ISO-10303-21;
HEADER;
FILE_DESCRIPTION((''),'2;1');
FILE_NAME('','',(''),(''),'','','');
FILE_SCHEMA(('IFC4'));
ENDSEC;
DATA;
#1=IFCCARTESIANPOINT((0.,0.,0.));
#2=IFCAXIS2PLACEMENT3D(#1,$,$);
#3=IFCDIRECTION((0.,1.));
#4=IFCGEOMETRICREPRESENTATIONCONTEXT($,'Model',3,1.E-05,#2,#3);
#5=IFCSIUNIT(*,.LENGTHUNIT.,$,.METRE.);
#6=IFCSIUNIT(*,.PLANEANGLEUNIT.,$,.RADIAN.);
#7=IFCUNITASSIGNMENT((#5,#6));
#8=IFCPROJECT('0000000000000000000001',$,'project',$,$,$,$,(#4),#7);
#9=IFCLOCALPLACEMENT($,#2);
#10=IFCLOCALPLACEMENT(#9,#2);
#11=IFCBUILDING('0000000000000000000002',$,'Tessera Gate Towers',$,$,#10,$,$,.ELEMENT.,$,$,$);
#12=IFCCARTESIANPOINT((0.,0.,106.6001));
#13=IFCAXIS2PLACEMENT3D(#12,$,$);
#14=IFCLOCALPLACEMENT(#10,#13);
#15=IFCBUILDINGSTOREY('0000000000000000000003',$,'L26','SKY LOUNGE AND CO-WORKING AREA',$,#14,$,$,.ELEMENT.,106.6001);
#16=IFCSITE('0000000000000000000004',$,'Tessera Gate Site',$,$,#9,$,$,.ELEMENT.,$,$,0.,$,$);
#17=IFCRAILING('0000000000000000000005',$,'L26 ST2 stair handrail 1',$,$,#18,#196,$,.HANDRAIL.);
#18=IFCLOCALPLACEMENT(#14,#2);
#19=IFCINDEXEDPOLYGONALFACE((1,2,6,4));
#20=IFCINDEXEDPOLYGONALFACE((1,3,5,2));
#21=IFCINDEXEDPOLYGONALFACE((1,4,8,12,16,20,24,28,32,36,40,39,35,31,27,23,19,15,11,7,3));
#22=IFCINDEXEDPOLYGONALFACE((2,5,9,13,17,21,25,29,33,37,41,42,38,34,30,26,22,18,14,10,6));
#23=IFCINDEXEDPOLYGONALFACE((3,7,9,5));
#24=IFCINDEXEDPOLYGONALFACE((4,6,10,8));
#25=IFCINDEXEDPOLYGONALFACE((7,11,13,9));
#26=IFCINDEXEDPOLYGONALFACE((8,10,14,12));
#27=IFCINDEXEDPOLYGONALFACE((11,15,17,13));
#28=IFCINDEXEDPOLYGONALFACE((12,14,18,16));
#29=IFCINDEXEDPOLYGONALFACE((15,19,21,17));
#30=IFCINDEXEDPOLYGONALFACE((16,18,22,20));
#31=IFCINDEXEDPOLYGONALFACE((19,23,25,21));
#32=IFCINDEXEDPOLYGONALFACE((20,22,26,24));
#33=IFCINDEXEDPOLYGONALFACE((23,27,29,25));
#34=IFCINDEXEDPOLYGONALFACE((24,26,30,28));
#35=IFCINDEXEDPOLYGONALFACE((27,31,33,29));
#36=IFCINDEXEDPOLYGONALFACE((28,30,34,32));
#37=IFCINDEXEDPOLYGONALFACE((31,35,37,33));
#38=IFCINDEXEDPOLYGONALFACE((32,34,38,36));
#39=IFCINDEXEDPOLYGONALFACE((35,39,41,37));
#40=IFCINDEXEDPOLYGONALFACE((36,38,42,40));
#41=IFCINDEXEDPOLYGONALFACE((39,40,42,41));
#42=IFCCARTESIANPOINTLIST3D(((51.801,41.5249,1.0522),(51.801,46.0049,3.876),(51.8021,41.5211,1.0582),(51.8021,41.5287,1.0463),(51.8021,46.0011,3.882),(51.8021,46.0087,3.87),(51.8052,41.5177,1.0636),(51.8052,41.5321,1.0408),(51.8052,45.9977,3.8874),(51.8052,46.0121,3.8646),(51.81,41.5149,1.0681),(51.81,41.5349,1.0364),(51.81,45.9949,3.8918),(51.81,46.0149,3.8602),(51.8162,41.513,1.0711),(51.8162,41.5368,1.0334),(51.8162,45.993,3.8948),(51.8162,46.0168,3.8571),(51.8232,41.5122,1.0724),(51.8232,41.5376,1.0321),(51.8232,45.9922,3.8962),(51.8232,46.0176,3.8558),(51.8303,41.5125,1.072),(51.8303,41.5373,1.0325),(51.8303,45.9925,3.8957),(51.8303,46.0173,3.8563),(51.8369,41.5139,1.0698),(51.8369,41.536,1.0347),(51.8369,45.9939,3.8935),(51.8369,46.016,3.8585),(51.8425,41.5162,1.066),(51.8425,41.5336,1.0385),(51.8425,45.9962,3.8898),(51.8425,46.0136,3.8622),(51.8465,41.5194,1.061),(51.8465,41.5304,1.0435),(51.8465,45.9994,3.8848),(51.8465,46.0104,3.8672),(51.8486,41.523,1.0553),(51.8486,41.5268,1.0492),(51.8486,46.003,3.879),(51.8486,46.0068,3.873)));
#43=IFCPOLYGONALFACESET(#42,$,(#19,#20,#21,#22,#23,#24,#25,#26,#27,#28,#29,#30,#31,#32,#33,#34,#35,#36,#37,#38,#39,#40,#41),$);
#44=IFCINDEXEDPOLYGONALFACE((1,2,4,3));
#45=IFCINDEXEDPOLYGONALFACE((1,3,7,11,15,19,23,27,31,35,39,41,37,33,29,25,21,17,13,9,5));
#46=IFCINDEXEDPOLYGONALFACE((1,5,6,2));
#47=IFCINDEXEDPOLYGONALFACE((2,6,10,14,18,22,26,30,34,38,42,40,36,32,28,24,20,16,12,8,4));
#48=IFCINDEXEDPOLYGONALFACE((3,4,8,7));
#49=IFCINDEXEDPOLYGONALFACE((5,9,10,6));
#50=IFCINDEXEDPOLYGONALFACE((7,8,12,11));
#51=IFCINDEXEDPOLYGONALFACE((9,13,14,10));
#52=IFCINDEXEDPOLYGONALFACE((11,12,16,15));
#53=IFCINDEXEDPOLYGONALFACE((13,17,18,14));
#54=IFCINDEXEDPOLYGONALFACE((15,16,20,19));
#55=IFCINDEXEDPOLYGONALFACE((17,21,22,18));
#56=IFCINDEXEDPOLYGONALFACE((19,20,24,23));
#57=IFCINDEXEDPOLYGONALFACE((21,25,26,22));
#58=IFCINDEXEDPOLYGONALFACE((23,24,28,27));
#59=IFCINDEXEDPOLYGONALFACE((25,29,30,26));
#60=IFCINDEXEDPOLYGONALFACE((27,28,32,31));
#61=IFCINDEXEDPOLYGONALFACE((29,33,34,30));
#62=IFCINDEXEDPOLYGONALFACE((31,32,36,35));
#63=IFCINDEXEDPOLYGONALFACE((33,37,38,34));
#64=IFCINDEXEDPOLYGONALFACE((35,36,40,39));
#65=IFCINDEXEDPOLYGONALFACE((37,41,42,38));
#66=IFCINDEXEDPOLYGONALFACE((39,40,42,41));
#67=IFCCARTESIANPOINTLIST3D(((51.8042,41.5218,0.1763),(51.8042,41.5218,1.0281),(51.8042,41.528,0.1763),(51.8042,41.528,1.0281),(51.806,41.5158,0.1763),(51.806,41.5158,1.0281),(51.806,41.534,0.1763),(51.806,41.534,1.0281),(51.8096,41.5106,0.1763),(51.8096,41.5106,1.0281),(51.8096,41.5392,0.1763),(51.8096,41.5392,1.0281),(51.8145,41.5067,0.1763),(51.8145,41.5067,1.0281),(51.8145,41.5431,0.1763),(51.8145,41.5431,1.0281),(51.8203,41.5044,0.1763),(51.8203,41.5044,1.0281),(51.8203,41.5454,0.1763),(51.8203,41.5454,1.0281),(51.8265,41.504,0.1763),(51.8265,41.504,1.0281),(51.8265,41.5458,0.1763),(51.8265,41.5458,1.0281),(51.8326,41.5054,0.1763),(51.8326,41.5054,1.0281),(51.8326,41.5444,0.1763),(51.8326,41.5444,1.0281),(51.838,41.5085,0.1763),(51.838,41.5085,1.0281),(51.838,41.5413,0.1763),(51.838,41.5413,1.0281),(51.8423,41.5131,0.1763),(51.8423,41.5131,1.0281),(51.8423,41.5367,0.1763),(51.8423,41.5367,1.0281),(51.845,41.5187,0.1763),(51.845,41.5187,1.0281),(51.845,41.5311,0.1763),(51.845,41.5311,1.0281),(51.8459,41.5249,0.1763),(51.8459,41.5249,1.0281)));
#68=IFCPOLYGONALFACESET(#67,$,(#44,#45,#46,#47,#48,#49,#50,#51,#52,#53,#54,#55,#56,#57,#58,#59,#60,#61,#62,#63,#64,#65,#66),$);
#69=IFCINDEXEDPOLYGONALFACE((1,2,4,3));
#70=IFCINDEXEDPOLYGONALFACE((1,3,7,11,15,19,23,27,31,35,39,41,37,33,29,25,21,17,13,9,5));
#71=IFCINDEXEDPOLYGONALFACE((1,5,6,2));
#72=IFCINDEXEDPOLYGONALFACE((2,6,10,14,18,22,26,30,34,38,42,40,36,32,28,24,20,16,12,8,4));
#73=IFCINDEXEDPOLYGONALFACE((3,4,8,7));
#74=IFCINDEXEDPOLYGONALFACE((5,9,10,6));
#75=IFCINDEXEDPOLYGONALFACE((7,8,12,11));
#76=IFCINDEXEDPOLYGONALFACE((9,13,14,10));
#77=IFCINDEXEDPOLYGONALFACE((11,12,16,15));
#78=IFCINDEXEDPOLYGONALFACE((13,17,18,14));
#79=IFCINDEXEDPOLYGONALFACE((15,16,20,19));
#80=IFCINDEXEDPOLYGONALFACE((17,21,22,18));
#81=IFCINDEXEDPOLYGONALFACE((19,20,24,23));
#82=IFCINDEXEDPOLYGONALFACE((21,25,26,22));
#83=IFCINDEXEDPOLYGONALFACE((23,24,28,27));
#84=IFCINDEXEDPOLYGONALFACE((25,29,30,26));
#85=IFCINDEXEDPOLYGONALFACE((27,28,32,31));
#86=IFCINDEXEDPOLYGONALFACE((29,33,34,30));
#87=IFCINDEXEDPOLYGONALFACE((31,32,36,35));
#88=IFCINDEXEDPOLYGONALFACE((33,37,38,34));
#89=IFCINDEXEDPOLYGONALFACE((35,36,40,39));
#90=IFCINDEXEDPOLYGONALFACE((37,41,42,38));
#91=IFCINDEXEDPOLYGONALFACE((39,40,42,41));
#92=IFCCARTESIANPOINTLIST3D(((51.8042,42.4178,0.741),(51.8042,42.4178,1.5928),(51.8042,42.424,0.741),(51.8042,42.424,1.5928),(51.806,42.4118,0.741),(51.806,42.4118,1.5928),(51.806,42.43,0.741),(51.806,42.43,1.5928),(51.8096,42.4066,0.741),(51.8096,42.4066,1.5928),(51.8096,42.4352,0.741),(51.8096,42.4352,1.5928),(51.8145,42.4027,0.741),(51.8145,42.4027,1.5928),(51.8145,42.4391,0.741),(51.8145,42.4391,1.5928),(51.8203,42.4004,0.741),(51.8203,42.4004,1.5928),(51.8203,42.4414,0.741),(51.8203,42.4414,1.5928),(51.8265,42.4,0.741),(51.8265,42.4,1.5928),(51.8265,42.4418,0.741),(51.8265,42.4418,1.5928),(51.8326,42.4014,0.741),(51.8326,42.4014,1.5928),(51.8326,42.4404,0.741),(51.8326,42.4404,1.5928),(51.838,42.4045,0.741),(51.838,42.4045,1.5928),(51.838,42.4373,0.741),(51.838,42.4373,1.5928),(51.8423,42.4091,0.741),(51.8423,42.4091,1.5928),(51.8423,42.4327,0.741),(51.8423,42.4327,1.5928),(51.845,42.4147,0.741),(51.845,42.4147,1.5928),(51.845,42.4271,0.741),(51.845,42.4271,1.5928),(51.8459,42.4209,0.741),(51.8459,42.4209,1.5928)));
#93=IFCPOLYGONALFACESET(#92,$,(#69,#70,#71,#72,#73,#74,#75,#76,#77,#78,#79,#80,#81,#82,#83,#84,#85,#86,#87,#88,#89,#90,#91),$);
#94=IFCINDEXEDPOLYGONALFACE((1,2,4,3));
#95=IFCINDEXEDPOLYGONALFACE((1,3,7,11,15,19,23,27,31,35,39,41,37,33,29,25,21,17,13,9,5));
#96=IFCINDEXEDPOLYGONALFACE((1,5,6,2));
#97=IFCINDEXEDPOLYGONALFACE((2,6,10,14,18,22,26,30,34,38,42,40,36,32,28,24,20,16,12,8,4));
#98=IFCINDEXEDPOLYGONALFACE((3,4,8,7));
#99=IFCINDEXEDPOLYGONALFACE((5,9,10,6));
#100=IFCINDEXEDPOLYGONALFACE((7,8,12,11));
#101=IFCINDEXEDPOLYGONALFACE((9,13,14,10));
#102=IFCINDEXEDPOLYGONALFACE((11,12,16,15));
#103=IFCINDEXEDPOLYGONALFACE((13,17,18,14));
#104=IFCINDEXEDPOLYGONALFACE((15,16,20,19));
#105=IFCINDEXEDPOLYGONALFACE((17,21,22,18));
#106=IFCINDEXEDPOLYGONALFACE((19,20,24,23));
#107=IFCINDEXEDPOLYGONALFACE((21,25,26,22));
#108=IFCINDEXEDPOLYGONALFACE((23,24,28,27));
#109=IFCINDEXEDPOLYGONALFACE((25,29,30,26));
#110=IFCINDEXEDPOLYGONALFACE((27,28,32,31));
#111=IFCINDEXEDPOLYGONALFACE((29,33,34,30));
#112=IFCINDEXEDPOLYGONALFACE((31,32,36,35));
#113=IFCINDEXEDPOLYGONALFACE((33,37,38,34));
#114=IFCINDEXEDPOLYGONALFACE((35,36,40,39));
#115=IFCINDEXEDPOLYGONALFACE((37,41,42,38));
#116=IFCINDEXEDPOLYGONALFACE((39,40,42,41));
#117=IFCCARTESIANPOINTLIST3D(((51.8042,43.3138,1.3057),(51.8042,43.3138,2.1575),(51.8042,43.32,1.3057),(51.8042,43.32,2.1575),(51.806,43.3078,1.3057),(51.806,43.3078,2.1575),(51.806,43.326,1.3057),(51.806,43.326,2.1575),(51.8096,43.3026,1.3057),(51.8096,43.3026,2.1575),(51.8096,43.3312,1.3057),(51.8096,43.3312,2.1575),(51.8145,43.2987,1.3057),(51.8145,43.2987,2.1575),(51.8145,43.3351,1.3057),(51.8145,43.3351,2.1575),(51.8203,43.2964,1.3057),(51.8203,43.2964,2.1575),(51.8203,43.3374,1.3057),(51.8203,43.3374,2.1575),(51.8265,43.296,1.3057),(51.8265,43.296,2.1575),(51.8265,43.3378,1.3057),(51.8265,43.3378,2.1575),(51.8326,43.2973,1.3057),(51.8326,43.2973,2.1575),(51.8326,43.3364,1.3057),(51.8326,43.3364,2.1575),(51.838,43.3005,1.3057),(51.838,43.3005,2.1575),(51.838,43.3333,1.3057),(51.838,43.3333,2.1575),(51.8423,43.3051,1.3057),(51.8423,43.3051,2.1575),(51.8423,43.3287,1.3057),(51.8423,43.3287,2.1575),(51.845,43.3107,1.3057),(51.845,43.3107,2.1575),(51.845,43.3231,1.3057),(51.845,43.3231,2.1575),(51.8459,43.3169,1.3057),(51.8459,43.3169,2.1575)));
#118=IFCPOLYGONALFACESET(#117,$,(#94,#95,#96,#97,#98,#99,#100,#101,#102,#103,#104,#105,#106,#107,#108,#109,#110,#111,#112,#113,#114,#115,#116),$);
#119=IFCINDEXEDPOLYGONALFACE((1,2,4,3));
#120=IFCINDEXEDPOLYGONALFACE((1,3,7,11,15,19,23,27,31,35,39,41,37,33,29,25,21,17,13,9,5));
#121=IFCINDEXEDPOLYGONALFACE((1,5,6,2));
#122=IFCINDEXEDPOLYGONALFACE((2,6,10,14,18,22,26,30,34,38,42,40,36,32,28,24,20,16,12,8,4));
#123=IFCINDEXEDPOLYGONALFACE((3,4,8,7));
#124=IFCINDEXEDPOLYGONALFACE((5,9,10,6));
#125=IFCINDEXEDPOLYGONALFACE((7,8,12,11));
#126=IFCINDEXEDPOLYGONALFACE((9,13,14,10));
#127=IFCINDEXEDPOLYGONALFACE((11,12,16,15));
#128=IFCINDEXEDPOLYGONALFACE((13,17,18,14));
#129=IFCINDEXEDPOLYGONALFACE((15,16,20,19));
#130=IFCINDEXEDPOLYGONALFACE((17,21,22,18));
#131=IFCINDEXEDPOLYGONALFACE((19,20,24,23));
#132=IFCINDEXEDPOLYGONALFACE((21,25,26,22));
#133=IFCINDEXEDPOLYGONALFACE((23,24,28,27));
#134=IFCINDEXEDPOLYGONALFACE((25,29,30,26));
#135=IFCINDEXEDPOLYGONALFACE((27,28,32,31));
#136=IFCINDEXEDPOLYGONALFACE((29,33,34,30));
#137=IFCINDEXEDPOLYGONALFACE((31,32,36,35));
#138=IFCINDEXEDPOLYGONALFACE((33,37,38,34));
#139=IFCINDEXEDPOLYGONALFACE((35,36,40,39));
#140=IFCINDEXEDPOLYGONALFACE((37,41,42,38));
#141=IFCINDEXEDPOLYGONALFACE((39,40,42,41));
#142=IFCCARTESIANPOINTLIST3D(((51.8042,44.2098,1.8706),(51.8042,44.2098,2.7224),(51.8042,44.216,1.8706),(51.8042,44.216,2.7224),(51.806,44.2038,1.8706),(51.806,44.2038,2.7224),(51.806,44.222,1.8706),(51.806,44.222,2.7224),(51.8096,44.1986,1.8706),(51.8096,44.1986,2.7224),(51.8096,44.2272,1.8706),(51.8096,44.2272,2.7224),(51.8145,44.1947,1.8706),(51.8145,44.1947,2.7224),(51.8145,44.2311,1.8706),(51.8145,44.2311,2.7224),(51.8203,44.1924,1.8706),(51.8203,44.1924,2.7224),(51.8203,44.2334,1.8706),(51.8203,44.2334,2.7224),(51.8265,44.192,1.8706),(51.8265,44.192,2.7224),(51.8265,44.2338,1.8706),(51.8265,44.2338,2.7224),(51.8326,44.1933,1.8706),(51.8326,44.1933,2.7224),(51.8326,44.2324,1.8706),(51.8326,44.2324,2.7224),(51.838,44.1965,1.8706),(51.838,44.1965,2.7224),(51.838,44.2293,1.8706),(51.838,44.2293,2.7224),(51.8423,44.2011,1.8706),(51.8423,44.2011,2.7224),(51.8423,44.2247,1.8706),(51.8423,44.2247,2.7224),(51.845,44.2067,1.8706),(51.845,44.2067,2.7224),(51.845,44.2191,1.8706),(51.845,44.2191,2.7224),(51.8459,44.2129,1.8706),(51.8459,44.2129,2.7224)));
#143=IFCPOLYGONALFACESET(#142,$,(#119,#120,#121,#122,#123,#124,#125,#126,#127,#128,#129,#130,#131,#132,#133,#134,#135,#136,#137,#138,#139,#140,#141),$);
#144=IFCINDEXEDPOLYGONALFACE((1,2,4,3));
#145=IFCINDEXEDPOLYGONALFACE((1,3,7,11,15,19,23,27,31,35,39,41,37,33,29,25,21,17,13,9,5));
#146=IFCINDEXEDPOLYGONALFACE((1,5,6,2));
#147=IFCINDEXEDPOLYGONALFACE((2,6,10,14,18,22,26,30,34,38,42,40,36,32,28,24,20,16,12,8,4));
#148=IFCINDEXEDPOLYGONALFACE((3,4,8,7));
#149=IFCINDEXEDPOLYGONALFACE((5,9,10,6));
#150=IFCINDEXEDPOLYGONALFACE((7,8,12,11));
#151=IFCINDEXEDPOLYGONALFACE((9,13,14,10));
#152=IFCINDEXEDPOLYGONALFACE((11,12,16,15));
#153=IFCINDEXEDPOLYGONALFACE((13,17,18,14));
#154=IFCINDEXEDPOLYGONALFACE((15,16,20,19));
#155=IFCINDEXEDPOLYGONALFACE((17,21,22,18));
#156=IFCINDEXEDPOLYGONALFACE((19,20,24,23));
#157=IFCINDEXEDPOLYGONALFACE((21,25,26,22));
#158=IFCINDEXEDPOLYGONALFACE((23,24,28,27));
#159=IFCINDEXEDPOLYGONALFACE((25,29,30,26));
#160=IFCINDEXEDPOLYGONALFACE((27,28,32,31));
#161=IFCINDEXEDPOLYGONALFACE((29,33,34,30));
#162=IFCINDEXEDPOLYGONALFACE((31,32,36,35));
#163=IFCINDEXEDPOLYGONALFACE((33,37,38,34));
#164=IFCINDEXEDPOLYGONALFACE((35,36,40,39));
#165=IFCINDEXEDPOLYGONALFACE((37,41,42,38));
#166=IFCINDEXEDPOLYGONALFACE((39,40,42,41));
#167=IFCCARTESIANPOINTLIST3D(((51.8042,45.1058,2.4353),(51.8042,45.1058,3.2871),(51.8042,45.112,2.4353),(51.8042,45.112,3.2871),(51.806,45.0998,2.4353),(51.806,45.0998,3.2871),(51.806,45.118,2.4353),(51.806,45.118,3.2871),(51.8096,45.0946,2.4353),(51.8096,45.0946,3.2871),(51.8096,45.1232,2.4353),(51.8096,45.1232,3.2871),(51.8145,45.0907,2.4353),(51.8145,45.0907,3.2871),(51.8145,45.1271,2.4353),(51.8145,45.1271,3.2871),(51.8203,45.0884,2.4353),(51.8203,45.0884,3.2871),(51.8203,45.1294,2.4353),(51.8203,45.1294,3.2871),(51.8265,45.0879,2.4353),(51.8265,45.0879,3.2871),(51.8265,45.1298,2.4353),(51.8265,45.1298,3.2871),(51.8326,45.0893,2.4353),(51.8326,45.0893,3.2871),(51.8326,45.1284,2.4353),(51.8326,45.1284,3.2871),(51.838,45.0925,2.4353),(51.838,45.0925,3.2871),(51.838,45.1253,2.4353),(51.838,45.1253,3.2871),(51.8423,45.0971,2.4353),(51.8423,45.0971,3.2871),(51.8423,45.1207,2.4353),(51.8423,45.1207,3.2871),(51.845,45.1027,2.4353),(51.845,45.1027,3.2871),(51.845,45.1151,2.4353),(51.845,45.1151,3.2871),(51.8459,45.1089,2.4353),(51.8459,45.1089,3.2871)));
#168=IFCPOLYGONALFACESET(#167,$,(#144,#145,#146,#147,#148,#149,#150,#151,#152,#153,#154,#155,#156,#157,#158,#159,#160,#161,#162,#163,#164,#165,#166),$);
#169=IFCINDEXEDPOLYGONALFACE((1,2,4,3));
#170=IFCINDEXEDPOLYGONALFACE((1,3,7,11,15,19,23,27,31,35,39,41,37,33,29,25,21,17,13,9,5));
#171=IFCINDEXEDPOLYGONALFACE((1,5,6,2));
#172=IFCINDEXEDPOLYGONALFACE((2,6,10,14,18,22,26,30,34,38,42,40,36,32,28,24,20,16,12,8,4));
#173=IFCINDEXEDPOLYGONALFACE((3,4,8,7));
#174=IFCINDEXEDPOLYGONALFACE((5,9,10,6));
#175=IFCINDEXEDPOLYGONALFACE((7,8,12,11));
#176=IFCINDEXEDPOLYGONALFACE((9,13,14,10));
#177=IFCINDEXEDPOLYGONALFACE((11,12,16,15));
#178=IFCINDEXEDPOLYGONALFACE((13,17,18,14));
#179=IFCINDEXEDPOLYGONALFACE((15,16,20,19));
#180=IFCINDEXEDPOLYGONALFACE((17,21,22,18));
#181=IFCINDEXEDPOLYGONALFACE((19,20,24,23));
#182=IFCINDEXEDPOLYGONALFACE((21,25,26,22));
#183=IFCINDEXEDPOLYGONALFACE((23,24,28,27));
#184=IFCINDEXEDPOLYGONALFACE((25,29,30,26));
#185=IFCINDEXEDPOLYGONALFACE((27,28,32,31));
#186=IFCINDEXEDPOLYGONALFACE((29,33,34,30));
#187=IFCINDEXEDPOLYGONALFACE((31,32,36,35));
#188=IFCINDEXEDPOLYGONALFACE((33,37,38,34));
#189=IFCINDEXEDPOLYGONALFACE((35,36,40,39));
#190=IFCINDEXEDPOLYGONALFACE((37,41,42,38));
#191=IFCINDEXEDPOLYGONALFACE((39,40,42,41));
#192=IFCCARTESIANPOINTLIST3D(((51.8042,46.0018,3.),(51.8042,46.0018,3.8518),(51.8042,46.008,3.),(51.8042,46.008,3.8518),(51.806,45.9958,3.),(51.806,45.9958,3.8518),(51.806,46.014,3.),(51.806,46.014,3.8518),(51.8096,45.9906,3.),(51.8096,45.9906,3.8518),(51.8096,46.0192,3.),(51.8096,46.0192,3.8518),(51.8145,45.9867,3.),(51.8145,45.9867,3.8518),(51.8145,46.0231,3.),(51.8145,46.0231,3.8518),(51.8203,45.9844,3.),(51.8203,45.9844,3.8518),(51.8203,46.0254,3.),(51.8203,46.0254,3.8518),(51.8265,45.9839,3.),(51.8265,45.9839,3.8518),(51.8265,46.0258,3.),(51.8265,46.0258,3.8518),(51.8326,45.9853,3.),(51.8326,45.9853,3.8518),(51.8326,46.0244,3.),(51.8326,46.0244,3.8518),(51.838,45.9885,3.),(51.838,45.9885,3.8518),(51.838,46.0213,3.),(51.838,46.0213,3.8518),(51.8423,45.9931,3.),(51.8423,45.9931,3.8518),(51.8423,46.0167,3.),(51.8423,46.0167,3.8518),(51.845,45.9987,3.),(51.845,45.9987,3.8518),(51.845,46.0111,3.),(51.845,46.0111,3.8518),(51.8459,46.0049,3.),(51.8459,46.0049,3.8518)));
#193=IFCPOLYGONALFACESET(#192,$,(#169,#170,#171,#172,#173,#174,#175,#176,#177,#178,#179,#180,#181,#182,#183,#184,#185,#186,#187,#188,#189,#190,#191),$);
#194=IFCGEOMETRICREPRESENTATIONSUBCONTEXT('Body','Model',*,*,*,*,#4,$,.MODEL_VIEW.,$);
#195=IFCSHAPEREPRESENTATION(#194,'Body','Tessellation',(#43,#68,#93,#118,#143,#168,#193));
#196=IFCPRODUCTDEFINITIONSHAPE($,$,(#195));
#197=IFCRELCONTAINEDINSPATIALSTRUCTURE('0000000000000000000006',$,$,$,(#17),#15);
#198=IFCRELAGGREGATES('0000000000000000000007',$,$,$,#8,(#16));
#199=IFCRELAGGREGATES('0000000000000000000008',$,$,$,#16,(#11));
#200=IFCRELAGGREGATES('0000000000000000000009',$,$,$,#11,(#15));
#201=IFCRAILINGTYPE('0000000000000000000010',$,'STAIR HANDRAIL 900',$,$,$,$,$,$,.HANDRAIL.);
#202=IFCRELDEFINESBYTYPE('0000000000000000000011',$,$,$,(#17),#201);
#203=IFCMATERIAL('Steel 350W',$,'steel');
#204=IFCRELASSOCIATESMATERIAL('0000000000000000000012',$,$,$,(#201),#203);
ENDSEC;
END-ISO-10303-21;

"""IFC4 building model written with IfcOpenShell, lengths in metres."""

from ifc_helpers import new_model, si_unit, direction, frame, origin, origin_2d, place, context, subcontext, project, spatial, circle, extrude, material, type_object, element, save


model = new_model("IFC4")

# Units and contexts
model_context = context("Model", 3, precision=1e-05, world=origin(), true_north=direction((0.0, 1.0)))
body_context = subcontext(model_context, "Body", "Model", "MODEL_VIEW")
ifc_project = project(units=[si_unit("LENGTHUNIT", "METRE"), si_unit("PLANEANGLEUNIT", "RADIAN")], contexts=[model_context])

# Site, building, storey
site_placement = place(None, origin())
site = spatial("IfcSite", under=ifc_project, at=site_placement, Name="Tessera Gate Site", CompositionType="ELEMENT", RefElevation=0.0)
building_placement = place(site_placement, origin())
building = spatial("IfcBuilding", under=site, at=building_placement, Name="Tessera Gate Towers", CompositionType="ELEMENT")
storey_placement = place(building_placement, frame((0.0, 0.0, 106.6001)))
storey = spatial("IfcBuildingStorey", under=building, at=storey_placement, Name="L26", Description="SKY LOUNGE AND CO-WORKING AREA", CompositionType="ELEMENT", Elevation=106.6001)

# Railing
ifc_material_1 = material(Name="Steel 350W", Category="steel")
railing_type_1 = type_object("IfcRailingType", Name="STAIR HANDRAIL 900", PredefinedType="HANDRAIL", material=ifc_material_1)
railing_1_placement = place(storey_placement, frame((51.825, 41.5249, 0.1763)))
element("IfcRailing", 1, at=railing_1_placement, inside=storey, type_object=railing_type_1, Name="L26 ST2 stair handrail 1", PredefinedType="HANDRAIL", context=body_context, shape_type="SweptSolid", body=[
    extrude(circle(Radius=0.0239, at=origin_2d()), frame((0.0, 0.0, 0.876), z_axis=(0.0, 0.845977, 0.533219), x_axis=(-1.0, 0.0, 0.0)), (0.0, 0.0, 1.0), 5.2957),
    extrude(circle(Radius=0.021, at=origin_2d()), origin(), (0.0, 0.0, 1.0), 0.8518),
    extrude(circle(Radius=0.021, at=origin_2d()), frame((0.0, 0.896, 0.5647)), (0.0, 0.0, 1.0), 0.8518),
    extrude(circle(Radius=0.021, at=origin_2d()), frame((0.0, 1.792, 1.1294)), (0.0, 0.0, 1.0), 0.8518),
    extrude(circle(Radius=0.021, at=origin_2d()), frame((0.0, 2.688, 1.6943)), (0.0, 0.0, 1.0), 0.8518),
    extrude(circle(Radius=0.021, at=origin_2d()), frame((0.0, 3.584, 2.259)), (0.0, 0.0, 1.0), 0.8518),
    extrude(circle(Radius=0.021, at=origin_2d()), frame((0.0, 4.48, 2.8237)), (0.0, 0.0, 1.0), 0.8518),
])

save(model, "model.ifc")
